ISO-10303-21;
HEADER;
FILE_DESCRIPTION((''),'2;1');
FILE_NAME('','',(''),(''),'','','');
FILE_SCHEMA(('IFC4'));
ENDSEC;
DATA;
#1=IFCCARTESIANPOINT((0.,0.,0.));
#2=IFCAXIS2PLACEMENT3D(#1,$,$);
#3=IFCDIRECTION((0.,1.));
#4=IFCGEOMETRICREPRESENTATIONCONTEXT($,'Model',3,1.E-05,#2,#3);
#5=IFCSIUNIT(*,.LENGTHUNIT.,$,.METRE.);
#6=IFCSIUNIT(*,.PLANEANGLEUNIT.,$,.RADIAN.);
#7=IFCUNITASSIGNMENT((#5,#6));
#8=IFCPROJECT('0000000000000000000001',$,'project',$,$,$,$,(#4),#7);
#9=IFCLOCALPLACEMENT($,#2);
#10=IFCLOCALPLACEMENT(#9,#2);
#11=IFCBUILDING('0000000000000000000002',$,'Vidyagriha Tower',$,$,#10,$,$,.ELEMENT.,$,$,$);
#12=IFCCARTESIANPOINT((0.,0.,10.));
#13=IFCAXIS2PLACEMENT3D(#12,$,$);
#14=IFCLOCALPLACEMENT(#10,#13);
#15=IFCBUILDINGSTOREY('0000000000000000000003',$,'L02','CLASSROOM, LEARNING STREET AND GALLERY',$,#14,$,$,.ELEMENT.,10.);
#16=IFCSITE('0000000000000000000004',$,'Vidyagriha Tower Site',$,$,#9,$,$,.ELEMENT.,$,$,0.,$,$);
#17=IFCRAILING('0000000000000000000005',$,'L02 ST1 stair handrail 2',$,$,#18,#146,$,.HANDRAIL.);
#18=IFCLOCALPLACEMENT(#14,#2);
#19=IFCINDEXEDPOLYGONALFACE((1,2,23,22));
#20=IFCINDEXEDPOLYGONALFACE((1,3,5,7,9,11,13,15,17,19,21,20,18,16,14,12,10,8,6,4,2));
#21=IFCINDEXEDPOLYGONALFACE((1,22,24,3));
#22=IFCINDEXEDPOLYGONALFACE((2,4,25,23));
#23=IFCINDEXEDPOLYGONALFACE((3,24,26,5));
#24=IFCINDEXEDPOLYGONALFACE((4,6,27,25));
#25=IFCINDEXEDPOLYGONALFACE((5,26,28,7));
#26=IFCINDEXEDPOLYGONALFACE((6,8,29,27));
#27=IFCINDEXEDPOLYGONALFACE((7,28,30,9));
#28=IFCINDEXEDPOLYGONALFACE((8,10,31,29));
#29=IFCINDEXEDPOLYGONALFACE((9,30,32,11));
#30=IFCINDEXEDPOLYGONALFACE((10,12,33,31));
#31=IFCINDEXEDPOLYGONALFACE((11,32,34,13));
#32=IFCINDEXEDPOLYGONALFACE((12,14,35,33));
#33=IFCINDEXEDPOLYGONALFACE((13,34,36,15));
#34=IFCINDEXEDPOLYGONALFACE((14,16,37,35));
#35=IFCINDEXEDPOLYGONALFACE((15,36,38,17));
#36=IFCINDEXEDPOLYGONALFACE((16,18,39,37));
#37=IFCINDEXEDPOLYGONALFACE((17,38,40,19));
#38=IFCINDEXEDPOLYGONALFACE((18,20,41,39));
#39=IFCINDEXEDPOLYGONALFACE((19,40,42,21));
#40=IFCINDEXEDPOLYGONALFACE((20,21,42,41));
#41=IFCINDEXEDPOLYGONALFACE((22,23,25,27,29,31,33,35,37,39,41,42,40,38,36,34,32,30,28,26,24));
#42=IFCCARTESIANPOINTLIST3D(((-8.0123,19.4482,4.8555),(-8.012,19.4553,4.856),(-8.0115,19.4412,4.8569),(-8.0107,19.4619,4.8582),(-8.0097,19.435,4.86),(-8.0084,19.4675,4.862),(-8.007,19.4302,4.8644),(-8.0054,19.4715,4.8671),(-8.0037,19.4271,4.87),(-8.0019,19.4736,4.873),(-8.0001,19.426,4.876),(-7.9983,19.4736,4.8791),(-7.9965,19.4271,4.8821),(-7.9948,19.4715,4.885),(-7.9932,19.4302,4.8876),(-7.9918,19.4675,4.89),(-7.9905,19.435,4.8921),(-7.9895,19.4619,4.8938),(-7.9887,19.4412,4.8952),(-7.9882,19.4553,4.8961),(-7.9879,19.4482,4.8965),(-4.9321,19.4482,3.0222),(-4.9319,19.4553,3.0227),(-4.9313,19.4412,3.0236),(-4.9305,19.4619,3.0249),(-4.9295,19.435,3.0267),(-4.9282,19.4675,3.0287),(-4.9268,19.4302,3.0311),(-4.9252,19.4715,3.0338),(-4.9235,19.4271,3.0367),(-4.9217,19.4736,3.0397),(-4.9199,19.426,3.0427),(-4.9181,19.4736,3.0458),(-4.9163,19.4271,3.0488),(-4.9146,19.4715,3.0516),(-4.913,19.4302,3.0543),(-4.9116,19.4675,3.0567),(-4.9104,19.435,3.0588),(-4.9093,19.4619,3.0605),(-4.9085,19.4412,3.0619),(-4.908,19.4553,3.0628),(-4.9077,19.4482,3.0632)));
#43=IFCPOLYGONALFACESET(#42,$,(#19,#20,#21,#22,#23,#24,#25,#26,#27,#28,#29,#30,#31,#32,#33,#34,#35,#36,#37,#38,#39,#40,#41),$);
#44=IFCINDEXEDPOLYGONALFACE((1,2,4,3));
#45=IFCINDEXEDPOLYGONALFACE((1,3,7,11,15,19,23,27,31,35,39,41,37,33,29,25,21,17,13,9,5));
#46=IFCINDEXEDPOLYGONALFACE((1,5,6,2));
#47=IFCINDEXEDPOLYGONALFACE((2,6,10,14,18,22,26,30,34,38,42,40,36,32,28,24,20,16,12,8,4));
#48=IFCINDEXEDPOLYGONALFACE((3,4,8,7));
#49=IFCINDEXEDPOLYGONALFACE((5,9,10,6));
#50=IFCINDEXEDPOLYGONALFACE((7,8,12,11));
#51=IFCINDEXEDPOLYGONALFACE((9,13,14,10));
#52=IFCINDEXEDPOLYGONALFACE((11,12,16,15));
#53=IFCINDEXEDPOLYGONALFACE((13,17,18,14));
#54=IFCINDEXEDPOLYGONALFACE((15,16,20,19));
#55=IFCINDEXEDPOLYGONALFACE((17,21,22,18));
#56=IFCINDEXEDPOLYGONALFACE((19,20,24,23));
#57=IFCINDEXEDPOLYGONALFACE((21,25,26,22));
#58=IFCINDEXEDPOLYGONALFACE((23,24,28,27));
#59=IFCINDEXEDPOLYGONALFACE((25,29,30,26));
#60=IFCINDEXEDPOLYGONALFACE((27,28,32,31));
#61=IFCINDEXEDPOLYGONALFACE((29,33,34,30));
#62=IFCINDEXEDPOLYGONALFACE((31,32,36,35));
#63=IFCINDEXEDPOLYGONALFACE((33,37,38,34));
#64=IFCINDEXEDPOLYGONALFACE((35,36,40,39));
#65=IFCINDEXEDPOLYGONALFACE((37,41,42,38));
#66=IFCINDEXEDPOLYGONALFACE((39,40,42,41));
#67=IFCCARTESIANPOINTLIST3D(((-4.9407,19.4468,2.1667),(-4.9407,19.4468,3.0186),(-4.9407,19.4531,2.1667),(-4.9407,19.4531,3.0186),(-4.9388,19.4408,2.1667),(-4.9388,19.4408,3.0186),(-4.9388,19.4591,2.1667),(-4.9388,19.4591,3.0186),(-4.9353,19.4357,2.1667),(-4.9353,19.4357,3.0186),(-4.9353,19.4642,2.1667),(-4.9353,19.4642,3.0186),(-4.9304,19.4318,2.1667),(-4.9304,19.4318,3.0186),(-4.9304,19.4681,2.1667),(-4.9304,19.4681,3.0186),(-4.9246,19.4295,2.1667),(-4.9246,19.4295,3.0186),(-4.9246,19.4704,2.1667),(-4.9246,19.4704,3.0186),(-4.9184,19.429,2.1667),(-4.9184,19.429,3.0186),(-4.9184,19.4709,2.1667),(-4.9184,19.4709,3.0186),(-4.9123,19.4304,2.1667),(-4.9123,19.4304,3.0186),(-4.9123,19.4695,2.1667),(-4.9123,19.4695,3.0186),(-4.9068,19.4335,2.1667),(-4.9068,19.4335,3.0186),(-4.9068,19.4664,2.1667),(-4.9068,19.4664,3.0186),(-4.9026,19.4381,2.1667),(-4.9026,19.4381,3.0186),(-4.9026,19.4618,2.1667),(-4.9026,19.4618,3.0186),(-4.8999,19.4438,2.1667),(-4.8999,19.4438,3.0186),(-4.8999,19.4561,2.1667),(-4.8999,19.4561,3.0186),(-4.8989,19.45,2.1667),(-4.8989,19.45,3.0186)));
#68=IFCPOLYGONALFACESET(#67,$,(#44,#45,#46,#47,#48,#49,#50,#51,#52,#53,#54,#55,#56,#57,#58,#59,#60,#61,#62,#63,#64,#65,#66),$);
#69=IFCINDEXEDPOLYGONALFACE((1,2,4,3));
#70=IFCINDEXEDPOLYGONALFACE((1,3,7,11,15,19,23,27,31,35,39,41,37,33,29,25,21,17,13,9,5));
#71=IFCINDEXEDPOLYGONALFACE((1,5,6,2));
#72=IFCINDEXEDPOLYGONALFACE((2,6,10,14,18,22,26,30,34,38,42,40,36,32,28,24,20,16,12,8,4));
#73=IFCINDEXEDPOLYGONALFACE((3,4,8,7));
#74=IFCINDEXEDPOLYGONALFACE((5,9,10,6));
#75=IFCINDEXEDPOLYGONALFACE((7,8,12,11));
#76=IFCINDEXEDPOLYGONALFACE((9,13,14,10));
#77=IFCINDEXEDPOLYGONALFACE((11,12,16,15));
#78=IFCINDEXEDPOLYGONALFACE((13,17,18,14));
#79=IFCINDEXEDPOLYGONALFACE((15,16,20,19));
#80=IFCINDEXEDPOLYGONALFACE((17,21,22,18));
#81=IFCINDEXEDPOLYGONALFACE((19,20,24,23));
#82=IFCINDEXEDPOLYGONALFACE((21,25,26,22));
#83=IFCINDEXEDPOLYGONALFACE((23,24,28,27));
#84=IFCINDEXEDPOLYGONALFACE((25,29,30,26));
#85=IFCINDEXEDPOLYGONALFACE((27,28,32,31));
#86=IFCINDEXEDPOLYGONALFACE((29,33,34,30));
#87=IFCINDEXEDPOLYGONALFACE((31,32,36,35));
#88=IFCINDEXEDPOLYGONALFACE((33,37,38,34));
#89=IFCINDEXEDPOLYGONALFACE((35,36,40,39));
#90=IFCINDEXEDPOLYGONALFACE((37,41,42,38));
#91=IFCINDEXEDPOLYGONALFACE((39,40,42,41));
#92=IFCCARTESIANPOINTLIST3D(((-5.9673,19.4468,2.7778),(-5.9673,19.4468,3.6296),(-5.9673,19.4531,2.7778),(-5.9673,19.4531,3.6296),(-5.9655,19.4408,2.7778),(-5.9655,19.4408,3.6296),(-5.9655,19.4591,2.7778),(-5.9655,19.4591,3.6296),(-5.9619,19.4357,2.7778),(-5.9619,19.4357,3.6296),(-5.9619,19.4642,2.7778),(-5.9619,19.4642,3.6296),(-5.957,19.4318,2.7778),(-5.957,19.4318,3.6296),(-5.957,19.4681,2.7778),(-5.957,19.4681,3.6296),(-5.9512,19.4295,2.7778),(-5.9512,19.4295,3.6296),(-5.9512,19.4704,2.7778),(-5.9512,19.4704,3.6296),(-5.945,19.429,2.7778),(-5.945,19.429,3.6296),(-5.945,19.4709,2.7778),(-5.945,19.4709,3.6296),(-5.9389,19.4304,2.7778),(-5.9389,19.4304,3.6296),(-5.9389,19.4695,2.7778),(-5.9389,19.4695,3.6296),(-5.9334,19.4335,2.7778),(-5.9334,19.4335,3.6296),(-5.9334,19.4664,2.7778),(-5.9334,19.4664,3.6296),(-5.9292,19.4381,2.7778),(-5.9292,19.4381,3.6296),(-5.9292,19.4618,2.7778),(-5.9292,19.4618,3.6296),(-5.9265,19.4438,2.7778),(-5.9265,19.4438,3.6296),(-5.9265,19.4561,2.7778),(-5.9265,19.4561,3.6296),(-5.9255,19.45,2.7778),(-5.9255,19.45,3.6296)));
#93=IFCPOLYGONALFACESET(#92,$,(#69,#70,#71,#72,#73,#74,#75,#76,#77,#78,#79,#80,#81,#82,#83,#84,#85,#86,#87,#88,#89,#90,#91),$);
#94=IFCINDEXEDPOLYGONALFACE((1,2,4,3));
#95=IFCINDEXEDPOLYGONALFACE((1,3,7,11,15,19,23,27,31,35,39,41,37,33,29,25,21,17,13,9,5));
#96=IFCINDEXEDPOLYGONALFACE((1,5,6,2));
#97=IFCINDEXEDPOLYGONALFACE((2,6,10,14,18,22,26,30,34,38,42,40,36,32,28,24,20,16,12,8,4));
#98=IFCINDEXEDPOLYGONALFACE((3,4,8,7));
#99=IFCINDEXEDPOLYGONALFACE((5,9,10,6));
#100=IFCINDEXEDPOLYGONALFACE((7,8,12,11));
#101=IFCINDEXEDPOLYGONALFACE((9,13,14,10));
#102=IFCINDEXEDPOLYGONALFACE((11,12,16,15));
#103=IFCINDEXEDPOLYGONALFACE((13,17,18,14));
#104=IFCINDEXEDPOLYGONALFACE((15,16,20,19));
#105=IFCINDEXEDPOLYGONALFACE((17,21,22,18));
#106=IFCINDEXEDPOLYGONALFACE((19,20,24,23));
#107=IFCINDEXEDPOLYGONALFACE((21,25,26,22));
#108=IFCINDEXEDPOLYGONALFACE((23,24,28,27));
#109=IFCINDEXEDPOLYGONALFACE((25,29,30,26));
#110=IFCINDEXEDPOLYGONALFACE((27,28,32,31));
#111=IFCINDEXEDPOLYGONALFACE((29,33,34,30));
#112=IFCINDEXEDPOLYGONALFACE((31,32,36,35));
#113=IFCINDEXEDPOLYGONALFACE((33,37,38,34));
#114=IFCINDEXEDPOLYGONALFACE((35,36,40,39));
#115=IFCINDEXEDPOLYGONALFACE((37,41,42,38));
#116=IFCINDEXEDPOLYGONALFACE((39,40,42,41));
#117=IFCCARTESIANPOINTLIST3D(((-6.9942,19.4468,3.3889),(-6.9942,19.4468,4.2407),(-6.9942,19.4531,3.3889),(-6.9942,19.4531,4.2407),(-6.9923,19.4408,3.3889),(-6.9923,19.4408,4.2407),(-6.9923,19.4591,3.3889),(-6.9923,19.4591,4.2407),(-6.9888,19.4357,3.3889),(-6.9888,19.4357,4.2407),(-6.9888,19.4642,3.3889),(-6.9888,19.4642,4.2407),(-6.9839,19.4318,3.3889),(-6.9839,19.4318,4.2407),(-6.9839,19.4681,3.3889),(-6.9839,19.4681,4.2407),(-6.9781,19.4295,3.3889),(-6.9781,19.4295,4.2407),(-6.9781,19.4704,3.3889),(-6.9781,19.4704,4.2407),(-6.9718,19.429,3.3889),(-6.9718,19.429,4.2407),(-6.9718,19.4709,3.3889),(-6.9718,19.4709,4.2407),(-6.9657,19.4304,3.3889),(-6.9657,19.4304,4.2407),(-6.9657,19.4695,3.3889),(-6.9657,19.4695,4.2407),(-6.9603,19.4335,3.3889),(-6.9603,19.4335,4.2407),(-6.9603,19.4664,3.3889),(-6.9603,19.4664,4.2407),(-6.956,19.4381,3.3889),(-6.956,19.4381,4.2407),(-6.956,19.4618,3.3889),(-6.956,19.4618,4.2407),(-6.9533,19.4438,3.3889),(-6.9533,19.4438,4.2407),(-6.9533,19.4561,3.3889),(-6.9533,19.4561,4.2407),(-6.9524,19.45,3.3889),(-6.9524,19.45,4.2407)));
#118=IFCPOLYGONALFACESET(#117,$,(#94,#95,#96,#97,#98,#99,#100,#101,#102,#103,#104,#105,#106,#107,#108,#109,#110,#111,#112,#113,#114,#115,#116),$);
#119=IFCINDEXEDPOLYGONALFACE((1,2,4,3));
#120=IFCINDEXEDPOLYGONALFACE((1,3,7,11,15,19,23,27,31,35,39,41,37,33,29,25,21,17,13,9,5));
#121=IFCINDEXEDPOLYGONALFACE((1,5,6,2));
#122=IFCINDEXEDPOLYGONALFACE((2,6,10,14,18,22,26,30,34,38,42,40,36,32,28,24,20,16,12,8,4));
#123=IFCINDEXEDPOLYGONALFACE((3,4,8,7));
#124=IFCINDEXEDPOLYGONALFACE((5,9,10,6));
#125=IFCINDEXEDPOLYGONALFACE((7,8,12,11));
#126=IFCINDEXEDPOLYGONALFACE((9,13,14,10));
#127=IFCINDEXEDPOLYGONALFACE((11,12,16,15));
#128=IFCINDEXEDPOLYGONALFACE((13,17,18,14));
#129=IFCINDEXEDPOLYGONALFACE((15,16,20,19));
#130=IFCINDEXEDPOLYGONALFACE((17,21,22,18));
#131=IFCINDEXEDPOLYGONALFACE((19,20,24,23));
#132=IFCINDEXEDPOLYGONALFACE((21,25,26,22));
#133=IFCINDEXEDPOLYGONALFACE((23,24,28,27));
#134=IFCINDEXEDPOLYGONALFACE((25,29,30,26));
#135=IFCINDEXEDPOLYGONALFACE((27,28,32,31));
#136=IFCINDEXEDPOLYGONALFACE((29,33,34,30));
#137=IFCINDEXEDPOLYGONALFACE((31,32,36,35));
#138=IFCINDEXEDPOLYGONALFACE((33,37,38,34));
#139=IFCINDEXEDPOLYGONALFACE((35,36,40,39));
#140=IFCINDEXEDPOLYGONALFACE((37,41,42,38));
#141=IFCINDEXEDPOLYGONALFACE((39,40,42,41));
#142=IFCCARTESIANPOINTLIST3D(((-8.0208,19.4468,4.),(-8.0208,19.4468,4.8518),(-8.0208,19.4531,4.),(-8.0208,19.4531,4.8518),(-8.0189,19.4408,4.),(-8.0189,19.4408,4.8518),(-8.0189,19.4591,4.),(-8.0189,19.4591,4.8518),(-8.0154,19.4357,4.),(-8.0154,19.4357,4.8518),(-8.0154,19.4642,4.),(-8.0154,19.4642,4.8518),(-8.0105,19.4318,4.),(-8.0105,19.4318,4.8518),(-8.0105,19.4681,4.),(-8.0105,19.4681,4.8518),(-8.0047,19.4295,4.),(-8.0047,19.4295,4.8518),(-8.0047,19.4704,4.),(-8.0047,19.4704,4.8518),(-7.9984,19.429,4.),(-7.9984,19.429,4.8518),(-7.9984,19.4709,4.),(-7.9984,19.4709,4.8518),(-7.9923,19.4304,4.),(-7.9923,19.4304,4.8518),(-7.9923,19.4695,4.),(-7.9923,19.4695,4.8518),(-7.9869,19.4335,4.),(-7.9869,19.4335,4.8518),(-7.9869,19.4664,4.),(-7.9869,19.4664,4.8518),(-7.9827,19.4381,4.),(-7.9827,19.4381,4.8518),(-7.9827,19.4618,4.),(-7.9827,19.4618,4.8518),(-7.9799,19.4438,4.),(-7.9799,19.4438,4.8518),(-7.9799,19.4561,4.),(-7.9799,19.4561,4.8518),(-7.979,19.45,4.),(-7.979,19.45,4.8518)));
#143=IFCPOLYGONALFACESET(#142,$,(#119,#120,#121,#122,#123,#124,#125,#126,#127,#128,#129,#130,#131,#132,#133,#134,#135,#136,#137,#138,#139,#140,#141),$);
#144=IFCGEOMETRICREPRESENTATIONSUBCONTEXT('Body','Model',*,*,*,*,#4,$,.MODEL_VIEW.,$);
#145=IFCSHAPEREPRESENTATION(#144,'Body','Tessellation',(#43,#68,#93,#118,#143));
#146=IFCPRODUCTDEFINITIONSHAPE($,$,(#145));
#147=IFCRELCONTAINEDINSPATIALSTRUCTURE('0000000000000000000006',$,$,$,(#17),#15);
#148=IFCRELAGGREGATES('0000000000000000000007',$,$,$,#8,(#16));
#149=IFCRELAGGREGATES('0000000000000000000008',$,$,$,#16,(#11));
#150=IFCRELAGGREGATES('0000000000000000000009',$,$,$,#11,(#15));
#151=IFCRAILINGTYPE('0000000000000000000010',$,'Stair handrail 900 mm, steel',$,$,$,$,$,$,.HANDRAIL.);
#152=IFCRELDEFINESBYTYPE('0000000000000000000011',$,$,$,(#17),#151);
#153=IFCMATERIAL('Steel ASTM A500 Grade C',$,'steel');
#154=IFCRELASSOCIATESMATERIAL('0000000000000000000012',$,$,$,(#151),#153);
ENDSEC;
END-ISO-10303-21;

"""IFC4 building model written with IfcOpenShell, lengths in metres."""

from ifc_helpers import new_model, si_unit, direction, frame, origin, origin_2d, place, context, subcontext, project, spatial, circle, extrude, material, type_object, element, save


model = new_model("IFC4")

# Units and contexts
model_context = context("Model", 3, precision=1e-05, world=origin(), true_north=direction((0.0, 1.0)))
body_context = subcontext(model_context, "Body", "Model", "MODEL_VIEW")
ifc_project = project(units=[si_unit("LENGTHUNIT", "METRE"), si_unit("PLANEANGLEUNIT", "RADIAN")], contexts=[model_context])

# Site, building, storey
site_placement = place(None, origin())
site = spatial("IfcSite", under=ifc_project, at=site_placement, Name="Vidyagriha Tower Site", CompositionType="ELEMENT", RefElevation=0.0)
building_placement = place(site_placement, origin())
building = spatial("IfcBuilding", under=site, at=building_placement, Name="Vidyagriha Tower", CompositionType="ELEMENT")
storey_placement = place(building_placement, frame((0.0, 0.0, 10.0)))
storey = spatial("IfcBuildingStorey", under=building, at=storey_placement, Name="L02", Description="CLASSROOM, LEARNING STREET AND GALLERY", CompositionType="ELEMENT", Elevation=10.0)

# Railing
ifc_material_1 = material(Name="Steel ASTM A500 Grade C", Category="steel")
railing_type_1 = type_object("IfcRailingType", Name="Stair handrail 900 mm, steel", PredefinedType="HANDRAIL", material=ifc_material_1)
railing_1_placement = place(storey_placement, frame((-4.9199, 19.45, 2.1667)))
element("IfcRailing", 1, at=railing_1_placement, inside=storey, type_object=railing_type_1, Name="L02 ST1 stair handrail 2", PredefinedType="HANDRAIL", context=body_context, shape_type="SweptSolid", body=[
    extrude(circle(Radius=0.0239, at=origin_2d()), frame((0.0, 0.0, 0.876), z_axis=(-0.859309, 0.0, 0.511458), x_axis=(0.0, -1.0, 0.0)), (0.0, 0.0, 1.0), 3.5845),
    extrude(circle(Radius=0.021, at=origin_2d()), origin(), (0.0, 0.0, 1.0), 0.8518),
    extrude(circle(Radius=0.021, at=origin_2d()), frame((-1.0266, 0.0, 0.6111)), (0.0, 0.0, 1.0), 0.8518),
    extrude(circle(Radius=0.021, at=origin_2d()), frame((-2.0535, 0.0, 1.2222)), (0.0, 0.0, 1.0), 0.8518),
    extrude(circle(Radius=0.021, at=origin_2d()), frame((-3.0801, 0.0, 1.8333)), (0.0, 0.0, 1.0), 0.8518),
])

save(model, "model.ifc")
